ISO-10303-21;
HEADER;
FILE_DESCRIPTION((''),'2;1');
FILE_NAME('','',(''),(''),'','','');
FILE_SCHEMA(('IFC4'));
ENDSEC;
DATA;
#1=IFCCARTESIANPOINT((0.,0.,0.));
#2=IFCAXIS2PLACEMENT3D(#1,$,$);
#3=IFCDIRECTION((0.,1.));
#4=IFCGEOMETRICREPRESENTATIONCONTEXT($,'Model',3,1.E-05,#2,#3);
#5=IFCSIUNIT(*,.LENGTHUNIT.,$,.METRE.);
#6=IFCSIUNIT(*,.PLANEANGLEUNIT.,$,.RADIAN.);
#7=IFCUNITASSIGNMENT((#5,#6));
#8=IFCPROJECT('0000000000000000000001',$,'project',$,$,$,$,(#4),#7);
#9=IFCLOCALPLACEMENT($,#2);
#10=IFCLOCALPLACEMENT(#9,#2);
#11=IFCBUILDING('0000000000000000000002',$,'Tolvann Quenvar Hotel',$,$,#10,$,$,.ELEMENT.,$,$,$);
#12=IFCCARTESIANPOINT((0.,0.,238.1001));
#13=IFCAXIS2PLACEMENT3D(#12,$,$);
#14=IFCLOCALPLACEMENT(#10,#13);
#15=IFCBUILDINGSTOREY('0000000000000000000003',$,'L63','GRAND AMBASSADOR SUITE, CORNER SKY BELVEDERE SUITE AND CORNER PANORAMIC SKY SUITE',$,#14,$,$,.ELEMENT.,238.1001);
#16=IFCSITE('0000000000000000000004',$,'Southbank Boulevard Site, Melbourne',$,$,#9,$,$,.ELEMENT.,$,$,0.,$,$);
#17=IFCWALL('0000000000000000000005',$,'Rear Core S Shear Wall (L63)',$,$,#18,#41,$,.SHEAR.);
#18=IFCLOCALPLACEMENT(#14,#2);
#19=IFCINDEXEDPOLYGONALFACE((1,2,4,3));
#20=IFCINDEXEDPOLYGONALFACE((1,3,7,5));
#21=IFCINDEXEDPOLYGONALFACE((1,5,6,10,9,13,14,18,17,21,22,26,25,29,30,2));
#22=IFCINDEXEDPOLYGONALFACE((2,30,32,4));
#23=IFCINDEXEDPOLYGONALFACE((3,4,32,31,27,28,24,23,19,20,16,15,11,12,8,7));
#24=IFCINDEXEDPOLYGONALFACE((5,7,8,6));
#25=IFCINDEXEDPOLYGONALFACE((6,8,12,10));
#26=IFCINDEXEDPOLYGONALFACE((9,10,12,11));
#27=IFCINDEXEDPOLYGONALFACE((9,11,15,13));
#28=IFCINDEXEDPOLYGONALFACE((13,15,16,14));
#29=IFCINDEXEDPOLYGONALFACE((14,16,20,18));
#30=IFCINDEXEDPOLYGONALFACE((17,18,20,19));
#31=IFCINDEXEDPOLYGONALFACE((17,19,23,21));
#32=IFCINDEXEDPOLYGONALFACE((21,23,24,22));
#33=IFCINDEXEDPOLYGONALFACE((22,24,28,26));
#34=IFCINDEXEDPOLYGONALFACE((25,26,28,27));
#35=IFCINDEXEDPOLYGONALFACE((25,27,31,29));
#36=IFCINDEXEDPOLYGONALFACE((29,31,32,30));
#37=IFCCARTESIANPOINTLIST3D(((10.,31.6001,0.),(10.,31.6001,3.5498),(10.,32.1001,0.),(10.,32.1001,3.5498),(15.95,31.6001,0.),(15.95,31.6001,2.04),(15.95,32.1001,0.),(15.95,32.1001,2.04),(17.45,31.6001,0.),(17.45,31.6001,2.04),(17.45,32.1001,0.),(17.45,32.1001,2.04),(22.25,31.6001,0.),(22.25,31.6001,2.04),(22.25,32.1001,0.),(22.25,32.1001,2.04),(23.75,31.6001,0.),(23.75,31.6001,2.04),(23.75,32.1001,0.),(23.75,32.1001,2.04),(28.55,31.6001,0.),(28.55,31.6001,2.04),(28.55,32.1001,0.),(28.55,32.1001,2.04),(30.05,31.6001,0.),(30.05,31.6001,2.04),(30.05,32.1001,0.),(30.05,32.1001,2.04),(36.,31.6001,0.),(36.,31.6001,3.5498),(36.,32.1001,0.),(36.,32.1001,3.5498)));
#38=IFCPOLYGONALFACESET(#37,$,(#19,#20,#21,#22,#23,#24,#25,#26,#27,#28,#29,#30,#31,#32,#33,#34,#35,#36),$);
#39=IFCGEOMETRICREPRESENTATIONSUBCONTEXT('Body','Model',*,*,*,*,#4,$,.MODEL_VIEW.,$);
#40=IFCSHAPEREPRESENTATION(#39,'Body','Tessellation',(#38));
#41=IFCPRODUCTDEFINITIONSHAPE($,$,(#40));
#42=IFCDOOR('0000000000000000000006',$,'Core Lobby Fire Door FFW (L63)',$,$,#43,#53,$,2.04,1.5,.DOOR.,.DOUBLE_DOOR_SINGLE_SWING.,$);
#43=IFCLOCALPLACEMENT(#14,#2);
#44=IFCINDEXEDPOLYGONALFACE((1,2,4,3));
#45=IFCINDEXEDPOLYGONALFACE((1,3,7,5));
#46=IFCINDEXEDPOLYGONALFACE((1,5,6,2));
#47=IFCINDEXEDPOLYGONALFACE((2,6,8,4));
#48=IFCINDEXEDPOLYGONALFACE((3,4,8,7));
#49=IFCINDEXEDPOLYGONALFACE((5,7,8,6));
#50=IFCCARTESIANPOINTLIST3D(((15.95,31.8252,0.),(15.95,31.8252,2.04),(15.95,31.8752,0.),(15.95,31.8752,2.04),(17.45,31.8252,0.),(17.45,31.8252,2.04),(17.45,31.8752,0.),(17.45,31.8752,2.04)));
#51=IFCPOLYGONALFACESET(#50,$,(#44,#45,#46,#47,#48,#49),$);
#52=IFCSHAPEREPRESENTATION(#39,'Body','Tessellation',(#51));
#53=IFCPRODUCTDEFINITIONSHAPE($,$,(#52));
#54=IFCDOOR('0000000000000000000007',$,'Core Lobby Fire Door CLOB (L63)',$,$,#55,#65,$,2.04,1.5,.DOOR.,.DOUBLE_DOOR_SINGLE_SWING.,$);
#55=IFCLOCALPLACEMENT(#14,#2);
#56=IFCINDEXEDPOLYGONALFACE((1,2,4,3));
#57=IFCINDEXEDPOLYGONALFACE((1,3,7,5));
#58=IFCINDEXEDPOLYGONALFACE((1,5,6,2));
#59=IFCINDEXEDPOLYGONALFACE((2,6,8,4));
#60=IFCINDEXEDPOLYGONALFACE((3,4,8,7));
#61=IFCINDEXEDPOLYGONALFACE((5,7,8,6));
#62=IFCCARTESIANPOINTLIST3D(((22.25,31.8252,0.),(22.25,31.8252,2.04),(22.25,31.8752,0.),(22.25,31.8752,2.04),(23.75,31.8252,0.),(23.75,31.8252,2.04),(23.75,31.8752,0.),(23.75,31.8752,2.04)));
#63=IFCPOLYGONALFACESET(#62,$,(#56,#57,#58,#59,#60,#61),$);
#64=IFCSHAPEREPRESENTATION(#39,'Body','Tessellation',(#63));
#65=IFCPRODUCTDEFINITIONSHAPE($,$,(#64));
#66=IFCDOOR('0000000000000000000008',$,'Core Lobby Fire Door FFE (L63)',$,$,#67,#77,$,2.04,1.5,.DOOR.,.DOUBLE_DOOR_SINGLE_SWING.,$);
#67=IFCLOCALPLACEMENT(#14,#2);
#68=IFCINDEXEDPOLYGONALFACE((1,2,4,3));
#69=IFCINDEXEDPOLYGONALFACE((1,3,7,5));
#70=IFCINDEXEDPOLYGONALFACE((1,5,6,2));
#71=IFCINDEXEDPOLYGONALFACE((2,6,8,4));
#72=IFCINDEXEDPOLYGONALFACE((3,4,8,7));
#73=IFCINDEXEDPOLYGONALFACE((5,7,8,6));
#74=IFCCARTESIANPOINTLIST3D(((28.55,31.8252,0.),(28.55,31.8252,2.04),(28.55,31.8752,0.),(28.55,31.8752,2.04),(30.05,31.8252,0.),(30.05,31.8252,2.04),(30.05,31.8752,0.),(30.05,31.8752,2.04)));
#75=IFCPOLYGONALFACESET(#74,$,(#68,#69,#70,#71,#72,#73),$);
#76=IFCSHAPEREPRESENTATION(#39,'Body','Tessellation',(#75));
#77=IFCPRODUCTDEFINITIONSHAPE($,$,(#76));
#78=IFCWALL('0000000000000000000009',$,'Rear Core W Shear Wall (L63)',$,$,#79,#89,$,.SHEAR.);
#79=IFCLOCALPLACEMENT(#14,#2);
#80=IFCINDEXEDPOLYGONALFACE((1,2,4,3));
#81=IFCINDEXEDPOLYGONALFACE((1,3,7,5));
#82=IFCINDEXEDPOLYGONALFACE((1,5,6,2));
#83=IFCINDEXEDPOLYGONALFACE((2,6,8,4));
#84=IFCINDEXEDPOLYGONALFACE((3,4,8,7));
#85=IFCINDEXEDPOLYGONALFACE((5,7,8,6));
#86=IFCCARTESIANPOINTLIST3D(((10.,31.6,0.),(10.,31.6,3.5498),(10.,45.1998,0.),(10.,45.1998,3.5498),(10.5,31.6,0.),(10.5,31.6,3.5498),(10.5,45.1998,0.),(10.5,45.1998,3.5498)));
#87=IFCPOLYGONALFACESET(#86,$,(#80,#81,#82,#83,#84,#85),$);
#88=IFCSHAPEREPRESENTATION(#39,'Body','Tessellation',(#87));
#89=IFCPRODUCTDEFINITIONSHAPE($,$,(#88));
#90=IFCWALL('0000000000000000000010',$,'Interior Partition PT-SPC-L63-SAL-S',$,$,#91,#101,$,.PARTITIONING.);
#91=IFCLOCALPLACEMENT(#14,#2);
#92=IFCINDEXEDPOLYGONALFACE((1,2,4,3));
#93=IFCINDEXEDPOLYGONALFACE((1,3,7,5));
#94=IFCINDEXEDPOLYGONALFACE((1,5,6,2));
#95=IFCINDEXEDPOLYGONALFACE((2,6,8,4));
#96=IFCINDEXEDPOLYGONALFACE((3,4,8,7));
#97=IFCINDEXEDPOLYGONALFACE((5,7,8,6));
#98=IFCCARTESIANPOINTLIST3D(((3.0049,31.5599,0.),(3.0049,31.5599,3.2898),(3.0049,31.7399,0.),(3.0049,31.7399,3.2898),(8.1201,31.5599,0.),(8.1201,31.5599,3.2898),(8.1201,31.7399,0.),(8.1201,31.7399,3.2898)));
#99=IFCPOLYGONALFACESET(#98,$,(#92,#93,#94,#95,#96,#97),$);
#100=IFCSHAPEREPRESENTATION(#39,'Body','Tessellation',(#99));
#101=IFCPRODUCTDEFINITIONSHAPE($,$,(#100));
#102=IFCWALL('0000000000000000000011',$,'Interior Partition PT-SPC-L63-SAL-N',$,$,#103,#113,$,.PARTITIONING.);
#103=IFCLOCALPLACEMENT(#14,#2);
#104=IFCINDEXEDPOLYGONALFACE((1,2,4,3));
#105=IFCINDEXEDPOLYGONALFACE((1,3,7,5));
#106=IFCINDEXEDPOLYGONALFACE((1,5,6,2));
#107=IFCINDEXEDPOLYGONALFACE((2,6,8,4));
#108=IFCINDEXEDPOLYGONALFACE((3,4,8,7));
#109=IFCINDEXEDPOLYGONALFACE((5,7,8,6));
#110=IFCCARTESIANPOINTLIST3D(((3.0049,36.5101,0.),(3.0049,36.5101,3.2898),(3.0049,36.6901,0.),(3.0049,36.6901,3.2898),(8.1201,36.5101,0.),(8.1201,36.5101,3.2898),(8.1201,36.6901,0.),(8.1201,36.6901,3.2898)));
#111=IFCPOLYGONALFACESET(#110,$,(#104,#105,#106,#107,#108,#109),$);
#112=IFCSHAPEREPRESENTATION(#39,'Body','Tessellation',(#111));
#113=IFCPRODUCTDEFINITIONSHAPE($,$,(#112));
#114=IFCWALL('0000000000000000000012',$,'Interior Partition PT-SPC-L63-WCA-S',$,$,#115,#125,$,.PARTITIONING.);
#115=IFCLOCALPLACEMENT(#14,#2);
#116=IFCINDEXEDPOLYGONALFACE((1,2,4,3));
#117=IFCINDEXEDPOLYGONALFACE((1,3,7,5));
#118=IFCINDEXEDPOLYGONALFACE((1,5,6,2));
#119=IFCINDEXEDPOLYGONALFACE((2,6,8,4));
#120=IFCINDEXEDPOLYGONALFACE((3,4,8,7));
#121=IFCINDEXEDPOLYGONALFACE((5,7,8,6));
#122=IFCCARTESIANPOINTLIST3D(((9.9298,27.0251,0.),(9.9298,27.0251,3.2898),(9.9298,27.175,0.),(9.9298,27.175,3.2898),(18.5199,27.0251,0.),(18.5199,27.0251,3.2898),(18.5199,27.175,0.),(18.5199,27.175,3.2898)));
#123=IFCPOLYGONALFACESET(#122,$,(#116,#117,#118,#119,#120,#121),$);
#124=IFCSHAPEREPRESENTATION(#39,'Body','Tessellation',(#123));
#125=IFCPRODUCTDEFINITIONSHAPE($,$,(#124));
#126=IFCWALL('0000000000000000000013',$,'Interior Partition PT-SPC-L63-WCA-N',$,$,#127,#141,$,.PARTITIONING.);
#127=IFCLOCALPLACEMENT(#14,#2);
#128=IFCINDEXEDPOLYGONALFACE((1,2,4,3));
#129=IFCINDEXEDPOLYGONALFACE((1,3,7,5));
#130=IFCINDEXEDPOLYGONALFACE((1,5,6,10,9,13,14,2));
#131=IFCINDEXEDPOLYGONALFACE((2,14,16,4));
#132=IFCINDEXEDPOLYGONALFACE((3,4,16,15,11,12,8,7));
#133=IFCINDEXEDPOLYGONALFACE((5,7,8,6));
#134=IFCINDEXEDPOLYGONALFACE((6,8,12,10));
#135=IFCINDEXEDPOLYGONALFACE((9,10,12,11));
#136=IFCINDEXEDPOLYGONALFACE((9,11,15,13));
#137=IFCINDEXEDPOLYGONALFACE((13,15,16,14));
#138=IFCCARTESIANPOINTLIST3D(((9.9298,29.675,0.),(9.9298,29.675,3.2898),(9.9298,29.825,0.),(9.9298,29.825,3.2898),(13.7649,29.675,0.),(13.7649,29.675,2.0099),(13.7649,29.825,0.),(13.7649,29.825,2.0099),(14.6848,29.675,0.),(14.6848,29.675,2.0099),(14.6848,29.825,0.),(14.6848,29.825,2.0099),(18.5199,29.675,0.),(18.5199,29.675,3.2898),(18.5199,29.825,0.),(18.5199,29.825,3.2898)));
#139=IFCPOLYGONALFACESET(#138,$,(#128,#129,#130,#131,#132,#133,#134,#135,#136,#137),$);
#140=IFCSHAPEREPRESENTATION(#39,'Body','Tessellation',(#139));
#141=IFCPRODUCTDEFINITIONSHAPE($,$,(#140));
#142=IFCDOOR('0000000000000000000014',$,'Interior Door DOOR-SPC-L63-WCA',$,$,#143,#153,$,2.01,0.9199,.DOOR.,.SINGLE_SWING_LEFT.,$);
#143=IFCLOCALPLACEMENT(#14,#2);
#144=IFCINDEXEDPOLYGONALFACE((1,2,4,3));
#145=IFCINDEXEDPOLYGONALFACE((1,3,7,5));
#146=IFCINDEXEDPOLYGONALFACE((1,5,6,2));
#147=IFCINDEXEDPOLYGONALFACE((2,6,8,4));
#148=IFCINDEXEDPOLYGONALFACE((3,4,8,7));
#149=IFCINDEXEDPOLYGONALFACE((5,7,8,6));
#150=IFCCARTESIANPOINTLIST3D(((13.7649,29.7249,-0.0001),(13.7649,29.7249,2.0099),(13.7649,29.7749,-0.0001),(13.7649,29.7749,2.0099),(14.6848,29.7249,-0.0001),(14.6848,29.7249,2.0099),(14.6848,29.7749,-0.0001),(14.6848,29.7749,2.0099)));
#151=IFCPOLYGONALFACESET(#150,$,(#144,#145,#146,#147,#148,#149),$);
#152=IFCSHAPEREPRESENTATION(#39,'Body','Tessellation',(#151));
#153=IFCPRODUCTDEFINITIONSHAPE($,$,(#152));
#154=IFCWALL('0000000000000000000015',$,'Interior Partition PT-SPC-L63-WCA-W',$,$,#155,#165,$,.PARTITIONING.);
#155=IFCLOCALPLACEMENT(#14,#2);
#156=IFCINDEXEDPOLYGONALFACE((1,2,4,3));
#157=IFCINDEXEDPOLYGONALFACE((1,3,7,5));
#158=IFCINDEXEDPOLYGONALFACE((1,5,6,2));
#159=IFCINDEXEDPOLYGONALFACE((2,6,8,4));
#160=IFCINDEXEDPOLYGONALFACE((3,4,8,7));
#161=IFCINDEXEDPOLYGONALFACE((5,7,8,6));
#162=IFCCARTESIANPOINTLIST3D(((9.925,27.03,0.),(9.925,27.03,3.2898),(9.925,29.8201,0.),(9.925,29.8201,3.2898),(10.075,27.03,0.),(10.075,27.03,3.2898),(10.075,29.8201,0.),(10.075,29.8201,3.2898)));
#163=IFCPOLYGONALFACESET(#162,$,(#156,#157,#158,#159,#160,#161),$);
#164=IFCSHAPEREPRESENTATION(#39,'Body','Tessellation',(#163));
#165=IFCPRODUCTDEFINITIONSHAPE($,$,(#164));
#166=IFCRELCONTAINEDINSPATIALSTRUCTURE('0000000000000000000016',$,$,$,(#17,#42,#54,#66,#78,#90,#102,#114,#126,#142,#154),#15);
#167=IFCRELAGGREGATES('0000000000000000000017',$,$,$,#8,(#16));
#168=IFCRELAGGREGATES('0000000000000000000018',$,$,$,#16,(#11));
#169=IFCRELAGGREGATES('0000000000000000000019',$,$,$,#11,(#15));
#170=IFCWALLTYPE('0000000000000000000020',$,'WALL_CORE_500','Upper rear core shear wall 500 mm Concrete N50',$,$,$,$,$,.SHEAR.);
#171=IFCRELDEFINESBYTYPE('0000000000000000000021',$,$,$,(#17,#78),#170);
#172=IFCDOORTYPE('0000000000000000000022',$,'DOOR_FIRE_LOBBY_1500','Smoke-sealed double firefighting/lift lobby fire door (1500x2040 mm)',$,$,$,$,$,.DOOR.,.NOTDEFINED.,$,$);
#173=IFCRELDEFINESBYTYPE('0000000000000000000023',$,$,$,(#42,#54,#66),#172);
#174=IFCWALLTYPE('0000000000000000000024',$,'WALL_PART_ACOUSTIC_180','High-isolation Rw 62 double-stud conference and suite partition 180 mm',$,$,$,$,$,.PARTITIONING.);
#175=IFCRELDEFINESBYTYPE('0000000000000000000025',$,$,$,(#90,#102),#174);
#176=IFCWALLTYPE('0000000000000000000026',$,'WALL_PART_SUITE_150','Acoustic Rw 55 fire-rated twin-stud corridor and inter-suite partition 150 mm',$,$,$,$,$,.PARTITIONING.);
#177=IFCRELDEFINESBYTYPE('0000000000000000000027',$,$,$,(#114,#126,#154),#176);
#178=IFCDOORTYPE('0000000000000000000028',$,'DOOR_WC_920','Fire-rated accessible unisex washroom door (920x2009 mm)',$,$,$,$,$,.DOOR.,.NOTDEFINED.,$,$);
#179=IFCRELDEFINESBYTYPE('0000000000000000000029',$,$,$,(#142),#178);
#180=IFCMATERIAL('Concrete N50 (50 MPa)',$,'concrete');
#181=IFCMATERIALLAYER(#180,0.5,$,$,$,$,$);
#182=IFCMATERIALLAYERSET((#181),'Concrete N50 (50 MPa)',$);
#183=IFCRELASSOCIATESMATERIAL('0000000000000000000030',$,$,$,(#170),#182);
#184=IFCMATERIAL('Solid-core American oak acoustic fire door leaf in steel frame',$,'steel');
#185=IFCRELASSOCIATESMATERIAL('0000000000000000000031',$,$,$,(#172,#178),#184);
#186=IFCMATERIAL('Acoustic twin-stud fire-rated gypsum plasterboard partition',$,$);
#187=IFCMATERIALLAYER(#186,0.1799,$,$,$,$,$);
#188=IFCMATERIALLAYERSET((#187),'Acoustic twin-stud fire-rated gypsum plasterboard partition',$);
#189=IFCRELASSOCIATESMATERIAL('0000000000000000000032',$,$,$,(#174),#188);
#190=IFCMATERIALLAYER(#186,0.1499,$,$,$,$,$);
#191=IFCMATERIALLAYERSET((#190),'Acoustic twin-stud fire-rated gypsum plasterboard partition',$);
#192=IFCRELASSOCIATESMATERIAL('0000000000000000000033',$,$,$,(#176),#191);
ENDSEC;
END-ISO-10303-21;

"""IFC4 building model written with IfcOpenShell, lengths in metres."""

from ifc_helpers import new_model, si_unit, direction, frame, frame_2d, origin, place, context, subcontext, project, spatial, rectangle, extrude, source, transform, mapped, material, layer, layer_set, type_object, type_shapes, element, fill, save


model = new_model("IFC4")

# Units and contexts
model_context = context("Model", 3, precision=1e-05, world=origin(), true_north=direction((0.0, 1.0)))
body_context = subcontext(model_context, "Body", "Model", "MODEL_VIEW")
ifc_project = project(units=[si_unit("LENGTHUNIT", "METRE"), si_unit("PLANEANGLEUNIT", "RADIAN")], contexts=[model_context])

# Site, building, storey
site_placement = place(None, origin())
site = spatial("IfcSite", under=ifc_project, at=site_placement, Name="Southbank Boulevard Site, Melbourne", CompositionType="ELEMENT", RefElevation=0.0)
building_placement = place(site_placement, origin())
building = spatial("IfcBuilding", under=site, at=building_placement, Name="Tolvann Quenvar Hotel", CompositionType="ELEMENT")
storey_placement = place(building_placement, frame((0.0, 0.0, 238.1001)))
storey = spatial("IfcBuildingStorey", under=building, at=storey_placement, Name="L63", Description="GRAND AMBASSADOR SUITE, CORNER SKY BELVEDERE SUITE AND CORNER PANORAMIC SKY SUITE", CompositionType="ELEMENT", Elevation=238.1001)

# Shared definitions
ifc_material_1 = material(Name="Concrete N50 (50 MPa)", Category="concrete")

# Wall, openings, doors
ifc_layer_1 = layer(ifc_material_1, 0.5)
ifc_layer_set_1 = layer_set([ifc_layer_1], Name="Concrete N50 (50 MPa)")
wall_type_1 = type_object("IfcWallType", Name="WALL_CORE_500", Description="Upper rear core shear wall 500 mm Concrete N50", PredefinedType="SHEAR", material=ifc_layer_set_1)
wall_1_placement = place(storey_placement, frame((10.0, 31.8501, 0.0), z_axis=(0.0, 0.0, 1.0), x_axis=(1.0, 0.0, 0.0)))
wall_1 = element("IfcWall", 1, at=wall_1_placement, inside=storey, type_object=wall_type_1, Name="Rear Core S Shear Wall (L63)", PredefinedType="SHEAR", context=body_context, shape_type="SweptSolid", body=[
    extrude(rectangle(XDim=26.0, YDim=0.5, at=frame_2d((13.0, 0.0))), origin(), (0.0, 0.0, 1.0), 3.5498),
])
opening_1_placement = place(wall_1_placement, frame((7.45, 0.0, 0.0), z_axis=(0.0, 0.0, 1.0), x_axis=(-1.0, 0.0, 0.0)))
opening_1 = element("IfcOpeningElement", 2, at=opening_1_placement, cuts=wall_1, PredefinedType="OPENING", context=body_context, shape_type="SweptSolid", body=[
    extrude(rectangle(XDim=1.5, YDim=2.04, at=frame_2d((0.75, 1.02))), frame((0.0, 0.26, 0.0), z_axis=(0.0, -1.0, 0.0), x_axis=(1.0, 0.0, 0.0)), (0.0, 0.0, 1.0), 0.52),
])
opening_2_placement = place(wall_1_placement, frame((13.75, 0.0, 0.0), z_axis=(0.0, 0.0, 1.0), x_axis=(-1.0, 0.0, 0.0)))
opening_2 = element("IfcOpeningElement", 3, at=opening_2_placement, cuts=wall_1, PredefinedType="OPENING", context=body_context, shape_type="SweptSolid", body=[
    extrude(rectangle(XDim=1.5, YDim=2.04, at=frame_2d((0.75, 1.02))), frame((0.0, 0.26, 0.0), z_axis=(0.0, -1.0, 0.0), x_axis=(1.0, 0.0, 0.0)), (0.0, 0.0, 1.0), 0.52),
])
opening_3_placement = place(wall_1_placement, frame((20.05, 0.0, 0.0), z_axis=(0.0, 0.0, 1.0), x_axis=(-1.0, 0.0, 0.0)))
opening_3 = element("IfcOpeningElement", 4, at=opening_3_placement, cuts=wall_1, PredefinedType="OPENING", context=body_context, shape_type="SweptSolid", body=[
    extrude(rectangle(XDim=1.5, YDim=2.04, at=frame_2d((0.75, 1.02))), frame((0.0, 0.26, 0.0), z_axis=(0.0, -1.0, 0.0), x_axis=(1.0, 0.0, 0.0)), (0.0, 0.0, 1.0), 0.52),
])
ifc_material_2 = material(Name="Solid-core American oak acoustic fire door leaf in steel frame", Category="steel")
door_type_1 = type_object("IfcDoorType", Name="DOOR_FIRE_LOBBY_1500", Description="Smoke-sealed double firefighting/lift lobby fire door (1500x2040 mm)", OperationType="NOTDEFINED", PredefinedType="DOOR", material=ifc_material_2)
shared_shape_1 = source(origin(), body_context, "Body", "SweptSolid", [
    extrude(rectangle(XDim=1.5, YDim=2.04, at=frame_2d((0.75, 1.02))), frame((0.0, 0.0249, 0.0), z_axis=(0.0, -1.0, 0.0), x_axis=(1.0, 0.0, 0.0)), (0.0, 0.0, 1.0), 0.05),
])
type_shapes(door_type_1, [shared_shape_1])
door_1_placement = place(opening_1_placement, origin())
door_1 = element("IfcDoor", 5, at=door_1_placement, inside=storey, type_object=door_type_1, Name="Core Lobby Fire Door FFW (L63)", OperationType="DOUBLE_DOOR_SINGLE_SWING", OverallHeight=2.04, OverallWidth=1.5, PredefinedType="DOOR", context=body_context, shape_type="MappedRepresentation", body=[
    mapped(shared_shape_1, transform((0.0, 0.0, 0.0), x_axis=(1.0, 0.0, 0.0), y_axis=(0.0, 1.0, 0.0), z_axis=(0.0, 0.0, 1.0), scale=1.0)),
])
fill(opening_1, door_1)
door_2_placement = place(opening_2_placement, origin())
door_2 = element("IfcDoor", 6, at=door_2_placement, inside=storey, type_object=door_type_1, Name="Core Lobby Fire Door CLOB (L63)", OperationType="DOUBLE_DOOR_SINGLE_SWING", OverallHeight=2.04, OverallWidth=1.5, PredefinedType="DOOR", context=body_context, shape_type="MappedRepresentation", body=[
    mapped(shared_shape_1, transform((0.0, 0.0, 0.0), x_axis=(1.0, 0.0, 0.0), y_axis=(0.0, 1.0, 0.0), z_axis=(0.0, 0.0, 1.0), scale=1.0)),
])
fill(opening_2, door_2)
door_3_placement = place(opening_3_placement, origin())
door_3 = element("IfcDoor", 7, at=door_3_placement, inside=storey, type_object=door_type_1, Name="Core Lobby Fire Door FFE (L63)", OperationType="DOUBLE_DOOR_SINGLE_SWING", OverallHeight=2.04, OverallWidth=1.5, PredefinedType="DOOR", context=body_context, shape_type="MappedRepresentation", body=[
    mapped(shared_shape_1, transform((0.0, 0.0, 0.0), x_axis=(1.0, 0.0, 0.0), y_axis=(0.0, 1.0, 0.0), z_axis=(0.0, 0.0, 1.0), scale=1.0)),
])
fill(opening_3, door_3)

# Walls
wall_2_placement = place(storey_placement, frame((10.25, 31.6001, 0.0), z_axis=(0.0, 0.0, 1.0), x_axis=(0.0, 1.0, 0.0)))
element("IfcWall", 8, at=wall_2_placement, inside=storey, type_object=wall_type_1, Name="Rear Core W Shear Wall (L63)", PredefinedType="SHEAR", context=body_context, shape_type="SweptSolid", body=[
    extrude(rectangle(XDim=13.5999, YDim=0.5, at=frame_2d((6.7998, 0.0))), origin(), (0.0, 0.0, 1.0), 3.5498),
])
ifc_material_3 = material(Name="Acoustic twin-stud fire-rated gypsum plasterboard partition")
ifc_layer_2 = layer(ifc_material_3, 0.1799)
ifc_layer_set_2 = layer_set([ifc_layer_2], Name="Acoustic twin-stud fire-rated gypsum plasterboard partition")
wall_type_2 = type_object("IfcWallType", Name="WALL_PART_ACOUSTIC_180", Description="High-isolation Rw 62 double-stud conference and suite partition 180 mm", PredefinedType="PARTITIONING", material=ifc_layer_set_2)
for number, where, z_axis, x_axis, name in (
    (9, (3.0049, 31.6499, 0.0), (0.0, 0.0, 1.0), (1.0, 0.0, 0.0), "Interior Partition PT-SPC-L63-SAL-S"),
    (10, (3.0049, 36.6001, 0.0), (0.0, 0.0, 1.0), (1.0, 0.0, 0.0), "Interior Partition PT-SPC-L63-SAL-N"),
):
    element("IfcWall", number, at=place(storey_placement, frame(where, z_axis=z_axis, x_axis=x_axis)), inside=storey, type_object=wall_type_2, Name=name, PredefinedType="PARTITIONING", context=body_context, shape_type="SweptSolid", body=[
        extrude(rectangle(XDim=5.1152, YDim=0.1799, at=frame_2d((2.5576, 0.0))), origin(), (0.0, 0.0, 1.0), 3.2898),
    ])

# Wall
ifc_layer_3 = layer(ifc_material_3, 0.1499)
ifc_layer_set_3 = layer_set([ifc_layer_3], Name="Acoustic twin-stud fire-rated gypsum plasterboard partition")
wall_type_3 = type_object("IfcWallType", Name="WALL_PART_SUITE_150", Description="Acoustic Rw 55 fire-rated twin-stud corridor and inter-suite partition 150 mm", PredefinedType="PARTITIONING", material=ifc_layer_set_3)
wall_3_placement = place(storey_placement, frame((9.9299, 27.1001, 0.0), z_axis=(0.0, 0.0, 1.0), x_axis=(1.0, 0.0, 0.0)))
element("IfcWall", 11, at=wall_3_placement, inside=storey, type_object=wall_type_3, Name="Interior Partition PT-SPC-L63-WCA-S", PredefinedType="PARTITIONING", context=body_context, shape_type="SweptSolid", body=[
    extrude(rectangle(XDim=8.5901, YDim=0.1499, at=frame_2d((4.2949, 0.0))), origin(), (0.0, 0.0, 1.0), 3.2898),
])

# Wall, opening, door
wall_4_placement = place(storey_placement, frame((9.9299, 29.75, 0.0), z_axis=(0.0, 0.0, 1.0), x_axis=(1.0, 0.0, 0.0)))
wall_4 = element("IfcWall", 12, at=wall_4_placement, inside=storey, type_object=wall_type_3, Name="Interior Partition PT-SPC-L63-WCA-N", PredefinedType="PARTITIONING", context=body_context, shape_type="SweptSolid", body=[
    extrude(rectangle(XDim=8.5901, YDim=0.1499, at=frame_2d((4.2949, 0.0))), origin(), (0.0, 0.0, 1.0), 3.2898),
])
opening_4_placement = place(wall_4_placement, frame((3.835, 0.0, 0.0)))
opening_4 = element("IfcOpeningElement", 13, at=opening_4_placement, cuts=wall_4, PredefinedType="OPENING", context=body_context, shape_type="SweptSolid", body=[
    extrude(rectangle(XDim=0.9199, YDim=2.01, at=frame_2d((0.46, 1.0049))), frame((0.0, 0.085, 0.0), z_axis=(0.0, -1.0, 0.0), x_axis=(1.0, 0.0, 0.0)), (0.0, 0.0, 1.0), 0.1699),
])
door_type_2 = type_object("IfcDoorType", Name="DOOR_WC_920", Description="Fire-rated accessible unisex washroom door (920x2009 mm)", OperationType="NOTDEFINED", PredefinedType="DOOR", material=ifc_material_2)
shared_shape_2 = source(origin(), body_context, "Body", "SweptSolid", [
    extrude(rectangle(XDim=0.9199, YDim=2.01, at=frame_2d((0.46, 1.0049))), frame((0.0, 0.0249, 0.0), z_axis=(0.0, -1.0, 0.0), x_axis=(1.0, 0.0, 0.0)), (0.0, 0.0, 1.0), 0.05),
])
type_shapes(door_type_2, [shared_shape_2])
door_4_placement = place(opening_4_placement, origin())
door_4 = element("IfcDoor", 14, at=door_4_placement, inside=storey, type_object=door_type_2, Name="Interior Door DOOR-SPC-L63-WCA", OperationType="SINGLE_SWING_LEFT", OverallHeight=2.01, OverallWidth=0.9199, PredefinedType="DOOR", context=body_context, shape_type="MappedRepresentation", body=[
    mapped(shared_shape_2, transform((0.0, 0.0, 0.0), x_axis=(1.0, 0.0, 0.0), y_axis=(0.0, 1.0, 0.0), z_axis=(0.0, 0.0, 1.0), scale=1.0)),
])
fill(opening_4, door_4)

# Wall
wall_5_placement = place(storey_placement, frame((10.0, 27.03, 0.0), z_axis=(0.0, 0.0, 1.0), x_axis=(0.0, 1.0, 0.0)))
element("IfcWall", 15, at=wall_5_placement, inside=storey, type_object=wall_type_3, Name="Interior Partition PT-SPC-L63-WCA-W", PredefinedType="PARTITIONING", context=body_context, shape_type="SweptSolid", body=[
    extrude(rectangle(XDim=2.79, YDim=0.1499, at=frame_2d((1.395, 0.0))), origin(), (0.0, 0.0, 1.0), 3.2898),
])

save(model, "model.ifc")
